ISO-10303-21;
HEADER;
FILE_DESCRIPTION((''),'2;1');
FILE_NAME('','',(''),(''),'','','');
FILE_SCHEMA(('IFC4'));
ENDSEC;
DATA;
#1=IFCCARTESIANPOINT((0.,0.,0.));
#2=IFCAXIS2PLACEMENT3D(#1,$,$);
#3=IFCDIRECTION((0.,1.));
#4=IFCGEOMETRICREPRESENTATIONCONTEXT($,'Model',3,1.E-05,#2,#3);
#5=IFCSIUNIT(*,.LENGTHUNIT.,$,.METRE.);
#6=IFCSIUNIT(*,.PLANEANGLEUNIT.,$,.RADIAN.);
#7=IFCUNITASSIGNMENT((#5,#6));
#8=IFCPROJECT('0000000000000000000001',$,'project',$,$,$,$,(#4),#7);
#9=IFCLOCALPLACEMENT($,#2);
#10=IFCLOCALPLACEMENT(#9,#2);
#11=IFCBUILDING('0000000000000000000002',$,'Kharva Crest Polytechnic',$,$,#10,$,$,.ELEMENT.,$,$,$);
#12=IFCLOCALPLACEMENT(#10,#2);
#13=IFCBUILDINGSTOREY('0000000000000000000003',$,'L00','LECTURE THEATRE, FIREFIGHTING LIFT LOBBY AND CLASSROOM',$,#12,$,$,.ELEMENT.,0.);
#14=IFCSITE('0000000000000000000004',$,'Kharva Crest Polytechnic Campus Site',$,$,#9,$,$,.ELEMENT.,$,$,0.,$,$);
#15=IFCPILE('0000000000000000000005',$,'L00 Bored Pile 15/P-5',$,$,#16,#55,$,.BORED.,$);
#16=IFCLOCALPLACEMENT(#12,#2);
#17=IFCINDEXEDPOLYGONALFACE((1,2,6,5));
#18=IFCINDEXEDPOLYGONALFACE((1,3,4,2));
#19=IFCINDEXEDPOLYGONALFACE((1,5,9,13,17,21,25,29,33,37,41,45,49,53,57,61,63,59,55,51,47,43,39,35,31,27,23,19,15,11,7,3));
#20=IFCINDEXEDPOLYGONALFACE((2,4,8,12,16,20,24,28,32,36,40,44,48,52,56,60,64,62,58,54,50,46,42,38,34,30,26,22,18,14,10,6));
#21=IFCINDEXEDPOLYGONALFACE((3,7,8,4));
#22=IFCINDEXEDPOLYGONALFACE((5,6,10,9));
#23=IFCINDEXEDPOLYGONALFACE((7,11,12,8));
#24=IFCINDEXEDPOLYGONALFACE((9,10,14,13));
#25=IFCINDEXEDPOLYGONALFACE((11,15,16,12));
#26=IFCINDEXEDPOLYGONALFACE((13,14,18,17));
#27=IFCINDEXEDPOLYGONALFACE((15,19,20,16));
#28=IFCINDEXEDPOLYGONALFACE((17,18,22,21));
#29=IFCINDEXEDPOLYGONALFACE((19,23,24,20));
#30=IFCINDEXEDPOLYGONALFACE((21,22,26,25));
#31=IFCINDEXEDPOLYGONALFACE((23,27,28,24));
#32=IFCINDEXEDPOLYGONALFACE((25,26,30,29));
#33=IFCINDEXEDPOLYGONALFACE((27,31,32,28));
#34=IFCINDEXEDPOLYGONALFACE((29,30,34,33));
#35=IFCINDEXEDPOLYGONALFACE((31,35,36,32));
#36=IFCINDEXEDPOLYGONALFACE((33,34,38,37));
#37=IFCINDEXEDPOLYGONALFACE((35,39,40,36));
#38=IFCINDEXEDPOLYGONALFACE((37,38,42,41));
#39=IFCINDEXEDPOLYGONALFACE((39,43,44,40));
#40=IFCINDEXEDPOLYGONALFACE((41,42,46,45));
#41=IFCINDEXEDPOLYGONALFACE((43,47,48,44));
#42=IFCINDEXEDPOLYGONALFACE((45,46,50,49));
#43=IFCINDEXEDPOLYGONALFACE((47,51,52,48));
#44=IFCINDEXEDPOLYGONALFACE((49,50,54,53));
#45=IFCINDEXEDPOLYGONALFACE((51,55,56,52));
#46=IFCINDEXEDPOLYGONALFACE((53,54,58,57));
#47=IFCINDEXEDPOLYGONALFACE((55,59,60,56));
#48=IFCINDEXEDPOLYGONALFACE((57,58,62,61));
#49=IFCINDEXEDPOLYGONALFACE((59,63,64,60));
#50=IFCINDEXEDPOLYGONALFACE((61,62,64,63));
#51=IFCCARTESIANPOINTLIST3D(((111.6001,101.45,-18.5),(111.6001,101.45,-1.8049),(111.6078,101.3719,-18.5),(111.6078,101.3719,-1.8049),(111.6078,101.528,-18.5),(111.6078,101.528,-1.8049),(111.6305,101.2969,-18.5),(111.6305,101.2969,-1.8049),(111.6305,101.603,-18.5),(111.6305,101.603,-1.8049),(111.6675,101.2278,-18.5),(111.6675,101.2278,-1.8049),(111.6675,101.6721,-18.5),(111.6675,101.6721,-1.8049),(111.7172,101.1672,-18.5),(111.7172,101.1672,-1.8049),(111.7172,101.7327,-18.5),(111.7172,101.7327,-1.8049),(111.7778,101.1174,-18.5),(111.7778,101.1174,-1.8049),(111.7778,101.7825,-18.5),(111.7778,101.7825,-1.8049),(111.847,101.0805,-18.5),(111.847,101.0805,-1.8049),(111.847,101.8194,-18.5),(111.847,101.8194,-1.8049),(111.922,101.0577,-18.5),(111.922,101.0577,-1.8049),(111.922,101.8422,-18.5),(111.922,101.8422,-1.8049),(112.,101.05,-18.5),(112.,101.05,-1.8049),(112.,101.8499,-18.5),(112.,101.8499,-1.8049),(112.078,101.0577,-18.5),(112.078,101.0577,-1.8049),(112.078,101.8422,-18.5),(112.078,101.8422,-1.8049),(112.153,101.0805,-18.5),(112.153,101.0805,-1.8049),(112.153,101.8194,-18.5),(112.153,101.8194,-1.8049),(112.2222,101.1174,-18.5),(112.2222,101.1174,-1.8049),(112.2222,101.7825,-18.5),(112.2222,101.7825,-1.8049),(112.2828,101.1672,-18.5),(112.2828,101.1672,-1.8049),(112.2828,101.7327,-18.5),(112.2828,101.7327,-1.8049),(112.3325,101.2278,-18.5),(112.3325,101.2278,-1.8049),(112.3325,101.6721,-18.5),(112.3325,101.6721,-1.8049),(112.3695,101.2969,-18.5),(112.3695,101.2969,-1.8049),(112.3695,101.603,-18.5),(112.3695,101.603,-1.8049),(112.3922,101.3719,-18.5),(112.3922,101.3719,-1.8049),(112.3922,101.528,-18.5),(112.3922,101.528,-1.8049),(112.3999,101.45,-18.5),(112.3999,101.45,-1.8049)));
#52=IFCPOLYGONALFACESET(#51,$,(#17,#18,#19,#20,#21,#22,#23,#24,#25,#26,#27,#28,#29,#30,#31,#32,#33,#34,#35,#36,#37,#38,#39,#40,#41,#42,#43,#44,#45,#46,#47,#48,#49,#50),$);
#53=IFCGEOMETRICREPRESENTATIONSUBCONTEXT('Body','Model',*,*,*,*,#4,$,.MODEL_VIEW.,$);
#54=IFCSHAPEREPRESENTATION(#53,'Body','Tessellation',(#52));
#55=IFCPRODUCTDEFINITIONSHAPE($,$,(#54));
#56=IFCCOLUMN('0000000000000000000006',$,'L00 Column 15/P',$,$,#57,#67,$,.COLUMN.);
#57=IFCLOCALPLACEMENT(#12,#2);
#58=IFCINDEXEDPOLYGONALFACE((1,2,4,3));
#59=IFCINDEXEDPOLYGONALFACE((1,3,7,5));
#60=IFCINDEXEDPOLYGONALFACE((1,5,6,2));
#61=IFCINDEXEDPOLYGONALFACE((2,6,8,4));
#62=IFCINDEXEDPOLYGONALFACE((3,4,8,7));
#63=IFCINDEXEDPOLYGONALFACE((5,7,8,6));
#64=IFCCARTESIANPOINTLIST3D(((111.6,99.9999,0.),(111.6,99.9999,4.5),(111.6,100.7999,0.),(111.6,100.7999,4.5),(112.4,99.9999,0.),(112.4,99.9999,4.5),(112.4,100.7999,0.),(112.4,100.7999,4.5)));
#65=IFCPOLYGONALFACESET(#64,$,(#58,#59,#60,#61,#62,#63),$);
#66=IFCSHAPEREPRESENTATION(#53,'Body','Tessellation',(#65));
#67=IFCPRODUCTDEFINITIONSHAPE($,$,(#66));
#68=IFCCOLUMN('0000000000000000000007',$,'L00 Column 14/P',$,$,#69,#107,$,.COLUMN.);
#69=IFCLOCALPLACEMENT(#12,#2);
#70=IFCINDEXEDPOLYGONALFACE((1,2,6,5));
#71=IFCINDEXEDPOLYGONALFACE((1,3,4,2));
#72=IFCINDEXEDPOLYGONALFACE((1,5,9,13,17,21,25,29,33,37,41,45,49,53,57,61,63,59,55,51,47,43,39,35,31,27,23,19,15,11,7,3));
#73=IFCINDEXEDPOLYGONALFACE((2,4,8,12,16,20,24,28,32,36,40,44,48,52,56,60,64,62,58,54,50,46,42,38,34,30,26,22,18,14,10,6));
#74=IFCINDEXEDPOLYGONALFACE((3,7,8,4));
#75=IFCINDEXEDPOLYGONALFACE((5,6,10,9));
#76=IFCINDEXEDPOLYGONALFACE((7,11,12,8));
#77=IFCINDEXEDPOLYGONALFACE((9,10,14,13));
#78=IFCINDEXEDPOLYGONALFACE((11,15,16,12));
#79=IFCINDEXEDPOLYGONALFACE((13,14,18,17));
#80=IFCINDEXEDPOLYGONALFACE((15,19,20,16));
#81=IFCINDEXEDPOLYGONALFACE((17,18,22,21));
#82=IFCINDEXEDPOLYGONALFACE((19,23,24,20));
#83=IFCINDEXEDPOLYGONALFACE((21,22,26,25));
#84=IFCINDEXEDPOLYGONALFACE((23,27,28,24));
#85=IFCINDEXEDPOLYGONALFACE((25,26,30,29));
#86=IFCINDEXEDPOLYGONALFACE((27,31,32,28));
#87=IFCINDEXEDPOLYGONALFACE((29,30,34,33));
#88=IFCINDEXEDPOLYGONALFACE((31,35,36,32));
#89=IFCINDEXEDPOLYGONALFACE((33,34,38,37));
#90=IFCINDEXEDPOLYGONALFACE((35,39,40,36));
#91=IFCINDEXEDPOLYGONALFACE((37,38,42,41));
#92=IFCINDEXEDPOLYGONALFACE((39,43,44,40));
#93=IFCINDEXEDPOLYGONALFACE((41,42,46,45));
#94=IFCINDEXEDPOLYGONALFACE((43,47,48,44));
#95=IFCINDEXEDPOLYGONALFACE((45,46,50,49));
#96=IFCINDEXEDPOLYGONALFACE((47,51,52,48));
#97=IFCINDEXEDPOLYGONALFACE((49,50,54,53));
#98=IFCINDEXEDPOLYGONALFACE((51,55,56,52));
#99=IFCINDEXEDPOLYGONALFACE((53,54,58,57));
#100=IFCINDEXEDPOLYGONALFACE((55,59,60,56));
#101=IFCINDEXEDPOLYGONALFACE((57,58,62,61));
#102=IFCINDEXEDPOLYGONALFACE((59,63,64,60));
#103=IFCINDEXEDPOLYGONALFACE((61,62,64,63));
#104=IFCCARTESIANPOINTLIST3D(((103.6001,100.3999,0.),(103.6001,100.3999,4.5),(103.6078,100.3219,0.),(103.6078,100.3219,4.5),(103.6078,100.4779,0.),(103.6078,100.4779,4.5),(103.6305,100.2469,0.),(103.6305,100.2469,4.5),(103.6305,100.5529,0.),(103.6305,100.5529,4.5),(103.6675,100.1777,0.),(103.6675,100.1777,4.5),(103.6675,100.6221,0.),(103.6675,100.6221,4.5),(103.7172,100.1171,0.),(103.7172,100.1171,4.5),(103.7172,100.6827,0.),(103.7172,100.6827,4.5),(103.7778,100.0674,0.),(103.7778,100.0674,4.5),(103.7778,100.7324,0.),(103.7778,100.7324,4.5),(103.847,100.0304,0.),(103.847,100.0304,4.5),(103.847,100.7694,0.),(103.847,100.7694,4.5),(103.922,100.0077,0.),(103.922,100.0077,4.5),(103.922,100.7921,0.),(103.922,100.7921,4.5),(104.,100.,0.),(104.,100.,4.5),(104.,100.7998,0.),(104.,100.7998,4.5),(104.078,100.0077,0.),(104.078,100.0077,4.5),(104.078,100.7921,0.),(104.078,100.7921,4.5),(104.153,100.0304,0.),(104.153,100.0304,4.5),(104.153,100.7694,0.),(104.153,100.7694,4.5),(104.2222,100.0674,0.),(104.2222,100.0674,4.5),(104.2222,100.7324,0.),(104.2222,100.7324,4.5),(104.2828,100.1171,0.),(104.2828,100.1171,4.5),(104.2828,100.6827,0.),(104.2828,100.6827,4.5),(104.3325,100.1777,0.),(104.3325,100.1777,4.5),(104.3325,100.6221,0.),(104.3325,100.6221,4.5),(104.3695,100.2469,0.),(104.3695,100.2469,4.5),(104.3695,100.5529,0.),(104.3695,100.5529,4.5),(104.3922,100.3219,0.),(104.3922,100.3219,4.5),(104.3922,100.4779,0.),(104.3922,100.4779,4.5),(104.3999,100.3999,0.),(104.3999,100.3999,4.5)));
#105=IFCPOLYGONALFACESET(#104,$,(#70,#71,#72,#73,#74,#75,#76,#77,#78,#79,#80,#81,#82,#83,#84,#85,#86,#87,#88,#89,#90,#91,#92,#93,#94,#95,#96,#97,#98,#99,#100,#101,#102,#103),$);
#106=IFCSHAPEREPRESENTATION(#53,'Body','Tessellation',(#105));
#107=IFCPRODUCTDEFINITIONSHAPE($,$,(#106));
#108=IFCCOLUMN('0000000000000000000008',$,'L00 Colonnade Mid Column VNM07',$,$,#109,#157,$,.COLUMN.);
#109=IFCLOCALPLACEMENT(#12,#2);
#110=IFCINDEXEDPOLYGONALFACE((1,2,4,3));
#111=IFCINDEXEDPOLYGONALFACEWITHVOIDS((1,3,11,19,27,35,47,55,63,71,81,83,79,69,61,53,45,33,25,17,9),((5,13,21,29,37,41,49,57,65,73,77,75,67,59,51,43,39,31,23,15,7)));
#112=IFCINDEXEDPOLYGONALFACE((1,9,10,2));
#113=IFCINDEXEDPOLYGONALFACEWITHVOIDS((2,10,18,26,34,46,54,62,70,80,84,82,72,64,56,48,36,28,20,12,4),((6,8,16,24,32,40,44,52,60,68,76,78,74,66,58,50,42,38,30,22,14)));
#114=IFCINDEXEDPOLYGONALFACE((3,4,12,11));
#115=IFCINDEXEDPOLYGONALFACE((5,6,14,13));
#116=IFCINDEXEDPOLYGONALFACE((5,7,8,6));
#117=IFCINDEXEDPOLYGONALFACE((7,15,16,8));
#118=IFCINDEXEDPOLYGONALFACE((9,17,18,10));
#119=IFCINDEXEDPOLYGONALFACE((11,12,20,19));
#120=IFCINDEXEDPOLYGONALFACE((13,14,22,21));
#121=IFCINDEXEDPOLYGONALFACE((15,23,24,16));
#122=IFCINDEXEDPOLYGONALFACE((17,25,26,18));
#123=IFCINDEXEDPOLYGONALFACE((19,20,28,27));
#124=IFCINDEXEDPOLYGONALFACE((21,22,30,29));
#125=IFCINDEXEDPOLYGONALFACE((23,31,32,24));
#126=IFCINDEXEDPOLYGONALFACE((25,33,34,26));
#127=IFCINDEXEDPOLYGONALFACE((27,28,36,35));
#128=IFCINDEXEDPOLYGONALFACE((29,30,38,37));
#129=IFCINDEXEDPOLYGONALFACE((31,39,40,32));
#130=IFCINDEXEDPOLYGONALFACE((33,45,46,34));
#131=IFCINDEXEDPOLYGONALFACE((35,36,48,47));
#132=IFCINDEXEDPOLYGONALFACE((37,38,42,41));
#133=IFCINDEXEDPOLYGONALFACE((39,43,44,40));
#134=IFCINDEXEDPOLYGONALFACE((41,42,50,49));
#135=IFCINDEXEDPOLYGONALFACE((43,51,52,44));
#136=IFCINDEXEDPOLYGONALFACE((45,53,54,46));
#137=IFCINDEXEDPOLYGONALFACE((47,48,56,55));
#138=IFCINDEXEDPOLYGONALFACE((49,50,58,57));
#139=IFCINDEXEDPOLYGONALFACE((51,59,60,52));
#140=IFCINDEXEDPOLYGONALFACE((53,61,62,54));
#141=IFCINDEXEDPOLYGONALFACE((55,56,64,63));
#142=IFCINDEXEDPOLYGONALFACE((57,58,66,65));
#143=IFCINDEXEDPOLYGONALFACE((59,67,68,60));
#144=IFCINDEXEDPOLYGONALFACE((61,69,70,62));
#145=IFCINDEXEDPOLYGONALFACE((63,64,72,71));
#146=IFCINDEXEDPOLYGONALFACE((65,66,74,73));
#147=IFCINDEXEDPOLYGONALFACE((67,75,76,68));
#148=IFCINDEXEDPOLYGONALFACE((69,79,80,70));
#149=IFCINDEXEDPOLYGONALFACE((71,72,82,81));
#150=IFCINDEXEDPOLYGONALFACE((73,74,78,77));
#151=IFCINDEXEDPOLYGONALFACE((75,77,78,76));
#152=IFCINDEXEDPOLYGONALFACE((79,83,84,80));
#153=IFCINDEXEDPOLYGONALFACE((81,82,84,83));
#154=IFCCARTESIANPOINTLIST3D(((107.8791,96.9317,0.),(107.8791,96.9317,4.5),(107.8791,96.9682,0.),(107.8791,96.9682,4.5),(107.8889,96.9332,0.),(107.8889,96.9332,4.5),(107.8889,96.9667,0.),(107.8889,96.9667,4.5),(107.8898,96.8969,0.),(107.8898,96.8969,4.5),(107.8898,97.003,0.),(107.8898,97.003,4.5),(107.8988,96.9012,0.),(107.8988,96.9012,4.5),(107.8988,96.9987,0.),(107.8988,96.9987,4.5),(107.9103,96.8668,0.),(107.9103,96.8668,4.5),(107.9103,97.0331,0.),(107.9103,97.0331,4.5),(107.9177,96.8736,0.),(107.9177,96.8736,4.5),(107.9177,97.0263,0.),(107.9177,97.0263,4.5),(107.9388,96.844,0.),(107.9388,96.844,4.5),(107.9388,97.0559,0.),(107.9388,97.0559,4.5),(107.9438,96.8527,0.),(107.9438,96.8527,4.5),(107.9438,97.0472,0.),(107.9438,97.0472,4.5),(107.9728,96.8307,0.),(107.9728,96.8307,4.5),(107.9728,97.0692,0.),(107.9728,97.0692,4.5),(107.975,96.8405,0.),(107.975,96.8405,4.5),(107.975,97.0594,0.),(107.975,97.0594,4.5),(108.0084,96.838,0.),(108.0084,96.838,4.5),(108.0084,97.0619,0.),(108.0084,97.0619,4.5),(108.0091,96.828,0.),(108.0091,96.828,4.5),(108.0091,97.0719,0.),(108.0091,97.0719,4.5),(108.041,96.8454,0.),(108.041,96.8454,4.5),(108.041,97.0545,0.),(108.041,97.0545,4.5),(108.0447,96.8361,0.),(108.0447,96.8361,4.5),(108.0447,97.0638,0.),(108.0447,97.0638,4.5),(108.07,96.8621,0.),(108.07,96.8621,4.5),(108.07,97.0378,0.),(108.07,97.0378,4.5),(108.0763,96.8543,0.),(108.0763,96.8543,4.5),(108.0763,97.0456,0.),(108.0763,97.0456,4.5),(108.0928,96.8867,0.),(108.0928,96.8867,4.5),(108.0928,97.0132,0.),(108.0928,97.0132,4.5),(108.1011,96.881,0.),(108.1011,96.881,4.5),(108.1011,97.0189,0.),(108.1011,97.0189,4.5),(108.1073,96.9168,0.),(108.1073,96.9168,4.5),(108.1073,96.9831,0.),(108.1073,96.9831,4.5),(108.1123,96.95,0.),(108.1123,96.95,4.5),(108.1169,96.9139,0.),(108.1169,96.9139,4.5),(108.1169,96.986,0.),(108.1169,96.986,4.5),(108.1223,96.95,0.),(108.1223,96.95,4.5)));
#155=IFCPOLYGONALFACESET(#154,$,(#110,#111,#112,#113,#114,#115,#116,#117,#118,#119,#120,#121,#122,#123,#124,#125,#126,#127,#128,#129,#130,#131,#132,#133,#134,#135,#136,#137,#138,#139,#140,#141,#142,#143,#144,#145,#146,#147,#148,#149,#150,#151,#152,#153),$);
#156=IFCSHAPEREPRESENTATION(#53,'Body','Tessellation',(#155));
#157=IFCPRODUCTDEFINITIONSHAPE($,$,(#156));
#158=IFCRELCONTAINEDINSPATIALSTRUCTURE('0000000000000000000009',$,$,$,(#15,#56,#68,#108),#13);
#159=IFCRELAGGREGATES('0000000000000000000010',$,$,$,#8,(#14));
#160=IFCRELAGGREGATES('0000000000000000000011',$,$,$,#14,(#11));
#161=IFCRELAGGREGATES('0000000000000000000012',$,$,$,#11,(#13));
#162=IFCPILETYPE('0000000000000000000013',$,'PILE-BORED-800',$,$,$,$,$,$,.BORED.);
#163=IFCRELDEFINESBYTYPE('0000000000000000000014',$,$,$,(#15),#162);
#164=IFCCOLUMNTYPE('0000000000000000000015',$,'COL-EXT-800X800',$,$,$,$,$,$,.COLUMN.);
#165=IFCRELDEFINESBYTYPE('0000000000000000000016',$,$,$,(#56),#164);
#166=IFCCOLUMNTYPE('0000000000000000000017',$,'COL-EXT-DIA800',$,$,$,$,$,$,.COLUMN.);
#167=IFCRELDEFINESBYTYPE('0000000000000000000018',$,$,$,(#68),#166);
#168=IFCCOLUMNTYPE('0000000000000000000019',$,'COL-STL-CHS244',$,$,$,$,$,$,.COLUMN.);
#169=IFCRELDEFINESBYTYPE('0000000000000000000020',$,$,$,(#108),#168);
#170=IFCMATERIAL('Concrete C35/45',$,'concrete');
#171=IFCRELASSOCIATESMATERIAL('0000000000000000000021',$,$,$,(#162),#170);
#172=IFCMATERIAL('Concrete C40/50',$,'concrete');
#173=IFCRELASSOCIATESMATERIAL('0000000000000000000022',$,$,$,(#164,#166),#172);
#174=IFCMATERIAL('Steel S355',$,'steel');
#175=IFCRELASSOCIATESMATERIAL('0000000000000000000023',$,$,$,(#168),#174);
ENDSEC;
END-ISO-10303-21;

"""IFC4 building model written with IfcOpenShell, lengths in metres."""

from ifc_helpers import new_model, si_unit, direction, frame, origin, origin_2d, place, context, subcontext, project, spatial, rectangle, circle, hollow_circle, extrude, material, material_profile, profile_set, type_object, element, save


model = new_model("IFC4")

# Units and contexts
model_context = context("Model", 3, precision=1e-05, world=origin(), true_north=direction((0.0, 1.0)))
body_context = subcontext(model_context, "Body", "Model", "MODEL_VIEW")
ifc_project = project(units=[si_unit("LENGTHUNIT", "METRE"), si_unit("PLANEANGLEUNIT", "RADIAN")], contexts=[model_context])

# Site, building, storey
site_placement = place(None, origin())
site = spatial("IfcSite", under=ifc_project, at=site_placement, Name="Kharva Crest Polytechnic Campus Site", CompositionType="ELEMENT", RefElevation=0.0)
building_placement = place(site_placement, origin())
building = spatial("IfcBuilding", under=site, at=building_placement, Name="Kharva Crest Polytechnic", CompositionType="ELEMENT")
storey_placement = place(building_placement, origin())
storey = spatial("IfcBuildingStorey", under=building, at=storey_placement, Name="L00", Description="LECTURE THEATRE, FIREFIGHTING LIFT LOBBY AND CLASSROOM", CompositionType="ELEMENT", Elevation=0.0)

# Shared definitions
ifc_material_1 = material(Name="Concrete C35/45", Category="concrete")

# Pile
ifc_material_profile_1 = material_profile(ifc_material_1, circle(Radius=0.3999, at=origin_2d()), Name="DIA 800")
ifc_profile_set_1 = profile_set([ifc_material_profile_1], Name="Concrete C35/45")
pile_type = type_object("IfcPileType", Name="PILE-BORED-800", PredefinedType="BORED", material=ifc_profile_set_1)
for number, where, z_axis, x_axis, name in (
    (1, (112.0, 101.45, -1.8049), (0.0, 0.0, -1.0), (1.0, 0.0, 0.0), "L00 Bored Pile 15/P-5"),
):
    element("IfcPile", number, at=place(storey_placement, frame(where, z_axis=z_axis, x_axis=x_axis)), inside=storey, type_object=pile_type, Name=name, PredefinedType="BORED", context=body_context, shape_type="SweptSolid", body=[
        extrude(circle(Radius=0.3999, at=origin_2d()), origin(), (0.0, 0.0, 1.0), 16.6951),
    ])

# Columns
ifc_material_2 = material(Name="Concrete C40/50", Category="concrete")
ifc_material_profile_2 = material_profile(ifc_material_2, rectangle(XDim=0.8, YDim=0.8, at=origin_2d()), Name="RECT 800 X 800")
ifc_profile_set_2 = profile_set([ifc_material_profile_2], Name="Concrete C40/50")
column_type_1 = type_object("IfcColumnType", Name="COL-EXT-800X800", PredefinedType="COLUMN", material=ifc_profile_set_2)
column_1_placement = place(storey_placement, frame((112.0, 100.3999, 0.0), z_axis=(0.0, 0.0, 1.0), x_axis=(1.0, 0.0, 0.0)))
element("IfcColumn", 2, at=column_1_placement, inside=storey, type_object=column_type_1, Name="L00 Column 15/P", PredefinedType="COLUMN", context=body_context, shape_type="SweptSolid", body=[
    extrude(rectangle(XDim=0.8, YDim=0.8, at=origin_2d()), origin(), (0.0, 0.0, 1.0), 4.5),
])
ifc_material_profile_3 = material_profile(ifc_material_2, circle(Radius=0.3999, at=origin_2d()), Name="DIA 800")
ifc_profile_set_3 = profile_set([ifc_material_profile_3], Name="Concrete C40/50")
column_type_2 = type_object("IfcColumnType", Name="COL-EXT-DIA800", PredefinedType="COLUMN", material=ifc_profile_set_3)
column_2_placement = place(storey_placement, frame((104.0, 100.3999, 0.0), z_axis=(0.0, 0.0, 1.0), x_axis=(1.0, 0.0, 0.0)))
element("IfcColumn", 3, at=column_2_placement, inside=storey, type_object=column_type_2, Name="L00 Column 14/P", PredefinedType="COLUMN", context=body_context, shape_type="SweptSolid", body=[
    extrude(circle(Radius=0.3999, at=origin_2d()), origin(), (0.0, 0.0, 1.0), 4.5),
])
ifc_material_3 = material(Name="Steel S355", Category="steel")
ifc_material_profile_4 = material_profile(ifc_material_3, hollow_circle(Radius=0.1223, WallThickness=0.01, at=origin_2d()), Name="CHS 244.5X10.0")
ifc_profile_set_4 = profile_set([ifc_material_profile_4], Name="Steel S355")
column_type_3 = type_object("IfcColumnType", Name="COL-STL-CHS244", PredefinedType="COLUMN", material=ifc_profile_set_4)
column_3_placement = place(storey_placement, frame((108.0, 96.95, 0.0), z_axis=(0.0, 0.0, 1.0), x_axis=(1.0, 0.0, 0.0)))
element("IfcColumn", 4, at=column_3_placement, inside=storey, type_object=column_type_3, Name="L00 Colonnade Mid Column VNM07", PredefinedType="COLUMN", context=body_context, shape_type="SweptSolid", body=[
    extrude(hollow_circle(Radius=0.1223, WallThickness=0.01, at=origin_2d()), origin(), (0.0, 0.0, 1.0), 4.5),
])

save(model, "model.ifc")
